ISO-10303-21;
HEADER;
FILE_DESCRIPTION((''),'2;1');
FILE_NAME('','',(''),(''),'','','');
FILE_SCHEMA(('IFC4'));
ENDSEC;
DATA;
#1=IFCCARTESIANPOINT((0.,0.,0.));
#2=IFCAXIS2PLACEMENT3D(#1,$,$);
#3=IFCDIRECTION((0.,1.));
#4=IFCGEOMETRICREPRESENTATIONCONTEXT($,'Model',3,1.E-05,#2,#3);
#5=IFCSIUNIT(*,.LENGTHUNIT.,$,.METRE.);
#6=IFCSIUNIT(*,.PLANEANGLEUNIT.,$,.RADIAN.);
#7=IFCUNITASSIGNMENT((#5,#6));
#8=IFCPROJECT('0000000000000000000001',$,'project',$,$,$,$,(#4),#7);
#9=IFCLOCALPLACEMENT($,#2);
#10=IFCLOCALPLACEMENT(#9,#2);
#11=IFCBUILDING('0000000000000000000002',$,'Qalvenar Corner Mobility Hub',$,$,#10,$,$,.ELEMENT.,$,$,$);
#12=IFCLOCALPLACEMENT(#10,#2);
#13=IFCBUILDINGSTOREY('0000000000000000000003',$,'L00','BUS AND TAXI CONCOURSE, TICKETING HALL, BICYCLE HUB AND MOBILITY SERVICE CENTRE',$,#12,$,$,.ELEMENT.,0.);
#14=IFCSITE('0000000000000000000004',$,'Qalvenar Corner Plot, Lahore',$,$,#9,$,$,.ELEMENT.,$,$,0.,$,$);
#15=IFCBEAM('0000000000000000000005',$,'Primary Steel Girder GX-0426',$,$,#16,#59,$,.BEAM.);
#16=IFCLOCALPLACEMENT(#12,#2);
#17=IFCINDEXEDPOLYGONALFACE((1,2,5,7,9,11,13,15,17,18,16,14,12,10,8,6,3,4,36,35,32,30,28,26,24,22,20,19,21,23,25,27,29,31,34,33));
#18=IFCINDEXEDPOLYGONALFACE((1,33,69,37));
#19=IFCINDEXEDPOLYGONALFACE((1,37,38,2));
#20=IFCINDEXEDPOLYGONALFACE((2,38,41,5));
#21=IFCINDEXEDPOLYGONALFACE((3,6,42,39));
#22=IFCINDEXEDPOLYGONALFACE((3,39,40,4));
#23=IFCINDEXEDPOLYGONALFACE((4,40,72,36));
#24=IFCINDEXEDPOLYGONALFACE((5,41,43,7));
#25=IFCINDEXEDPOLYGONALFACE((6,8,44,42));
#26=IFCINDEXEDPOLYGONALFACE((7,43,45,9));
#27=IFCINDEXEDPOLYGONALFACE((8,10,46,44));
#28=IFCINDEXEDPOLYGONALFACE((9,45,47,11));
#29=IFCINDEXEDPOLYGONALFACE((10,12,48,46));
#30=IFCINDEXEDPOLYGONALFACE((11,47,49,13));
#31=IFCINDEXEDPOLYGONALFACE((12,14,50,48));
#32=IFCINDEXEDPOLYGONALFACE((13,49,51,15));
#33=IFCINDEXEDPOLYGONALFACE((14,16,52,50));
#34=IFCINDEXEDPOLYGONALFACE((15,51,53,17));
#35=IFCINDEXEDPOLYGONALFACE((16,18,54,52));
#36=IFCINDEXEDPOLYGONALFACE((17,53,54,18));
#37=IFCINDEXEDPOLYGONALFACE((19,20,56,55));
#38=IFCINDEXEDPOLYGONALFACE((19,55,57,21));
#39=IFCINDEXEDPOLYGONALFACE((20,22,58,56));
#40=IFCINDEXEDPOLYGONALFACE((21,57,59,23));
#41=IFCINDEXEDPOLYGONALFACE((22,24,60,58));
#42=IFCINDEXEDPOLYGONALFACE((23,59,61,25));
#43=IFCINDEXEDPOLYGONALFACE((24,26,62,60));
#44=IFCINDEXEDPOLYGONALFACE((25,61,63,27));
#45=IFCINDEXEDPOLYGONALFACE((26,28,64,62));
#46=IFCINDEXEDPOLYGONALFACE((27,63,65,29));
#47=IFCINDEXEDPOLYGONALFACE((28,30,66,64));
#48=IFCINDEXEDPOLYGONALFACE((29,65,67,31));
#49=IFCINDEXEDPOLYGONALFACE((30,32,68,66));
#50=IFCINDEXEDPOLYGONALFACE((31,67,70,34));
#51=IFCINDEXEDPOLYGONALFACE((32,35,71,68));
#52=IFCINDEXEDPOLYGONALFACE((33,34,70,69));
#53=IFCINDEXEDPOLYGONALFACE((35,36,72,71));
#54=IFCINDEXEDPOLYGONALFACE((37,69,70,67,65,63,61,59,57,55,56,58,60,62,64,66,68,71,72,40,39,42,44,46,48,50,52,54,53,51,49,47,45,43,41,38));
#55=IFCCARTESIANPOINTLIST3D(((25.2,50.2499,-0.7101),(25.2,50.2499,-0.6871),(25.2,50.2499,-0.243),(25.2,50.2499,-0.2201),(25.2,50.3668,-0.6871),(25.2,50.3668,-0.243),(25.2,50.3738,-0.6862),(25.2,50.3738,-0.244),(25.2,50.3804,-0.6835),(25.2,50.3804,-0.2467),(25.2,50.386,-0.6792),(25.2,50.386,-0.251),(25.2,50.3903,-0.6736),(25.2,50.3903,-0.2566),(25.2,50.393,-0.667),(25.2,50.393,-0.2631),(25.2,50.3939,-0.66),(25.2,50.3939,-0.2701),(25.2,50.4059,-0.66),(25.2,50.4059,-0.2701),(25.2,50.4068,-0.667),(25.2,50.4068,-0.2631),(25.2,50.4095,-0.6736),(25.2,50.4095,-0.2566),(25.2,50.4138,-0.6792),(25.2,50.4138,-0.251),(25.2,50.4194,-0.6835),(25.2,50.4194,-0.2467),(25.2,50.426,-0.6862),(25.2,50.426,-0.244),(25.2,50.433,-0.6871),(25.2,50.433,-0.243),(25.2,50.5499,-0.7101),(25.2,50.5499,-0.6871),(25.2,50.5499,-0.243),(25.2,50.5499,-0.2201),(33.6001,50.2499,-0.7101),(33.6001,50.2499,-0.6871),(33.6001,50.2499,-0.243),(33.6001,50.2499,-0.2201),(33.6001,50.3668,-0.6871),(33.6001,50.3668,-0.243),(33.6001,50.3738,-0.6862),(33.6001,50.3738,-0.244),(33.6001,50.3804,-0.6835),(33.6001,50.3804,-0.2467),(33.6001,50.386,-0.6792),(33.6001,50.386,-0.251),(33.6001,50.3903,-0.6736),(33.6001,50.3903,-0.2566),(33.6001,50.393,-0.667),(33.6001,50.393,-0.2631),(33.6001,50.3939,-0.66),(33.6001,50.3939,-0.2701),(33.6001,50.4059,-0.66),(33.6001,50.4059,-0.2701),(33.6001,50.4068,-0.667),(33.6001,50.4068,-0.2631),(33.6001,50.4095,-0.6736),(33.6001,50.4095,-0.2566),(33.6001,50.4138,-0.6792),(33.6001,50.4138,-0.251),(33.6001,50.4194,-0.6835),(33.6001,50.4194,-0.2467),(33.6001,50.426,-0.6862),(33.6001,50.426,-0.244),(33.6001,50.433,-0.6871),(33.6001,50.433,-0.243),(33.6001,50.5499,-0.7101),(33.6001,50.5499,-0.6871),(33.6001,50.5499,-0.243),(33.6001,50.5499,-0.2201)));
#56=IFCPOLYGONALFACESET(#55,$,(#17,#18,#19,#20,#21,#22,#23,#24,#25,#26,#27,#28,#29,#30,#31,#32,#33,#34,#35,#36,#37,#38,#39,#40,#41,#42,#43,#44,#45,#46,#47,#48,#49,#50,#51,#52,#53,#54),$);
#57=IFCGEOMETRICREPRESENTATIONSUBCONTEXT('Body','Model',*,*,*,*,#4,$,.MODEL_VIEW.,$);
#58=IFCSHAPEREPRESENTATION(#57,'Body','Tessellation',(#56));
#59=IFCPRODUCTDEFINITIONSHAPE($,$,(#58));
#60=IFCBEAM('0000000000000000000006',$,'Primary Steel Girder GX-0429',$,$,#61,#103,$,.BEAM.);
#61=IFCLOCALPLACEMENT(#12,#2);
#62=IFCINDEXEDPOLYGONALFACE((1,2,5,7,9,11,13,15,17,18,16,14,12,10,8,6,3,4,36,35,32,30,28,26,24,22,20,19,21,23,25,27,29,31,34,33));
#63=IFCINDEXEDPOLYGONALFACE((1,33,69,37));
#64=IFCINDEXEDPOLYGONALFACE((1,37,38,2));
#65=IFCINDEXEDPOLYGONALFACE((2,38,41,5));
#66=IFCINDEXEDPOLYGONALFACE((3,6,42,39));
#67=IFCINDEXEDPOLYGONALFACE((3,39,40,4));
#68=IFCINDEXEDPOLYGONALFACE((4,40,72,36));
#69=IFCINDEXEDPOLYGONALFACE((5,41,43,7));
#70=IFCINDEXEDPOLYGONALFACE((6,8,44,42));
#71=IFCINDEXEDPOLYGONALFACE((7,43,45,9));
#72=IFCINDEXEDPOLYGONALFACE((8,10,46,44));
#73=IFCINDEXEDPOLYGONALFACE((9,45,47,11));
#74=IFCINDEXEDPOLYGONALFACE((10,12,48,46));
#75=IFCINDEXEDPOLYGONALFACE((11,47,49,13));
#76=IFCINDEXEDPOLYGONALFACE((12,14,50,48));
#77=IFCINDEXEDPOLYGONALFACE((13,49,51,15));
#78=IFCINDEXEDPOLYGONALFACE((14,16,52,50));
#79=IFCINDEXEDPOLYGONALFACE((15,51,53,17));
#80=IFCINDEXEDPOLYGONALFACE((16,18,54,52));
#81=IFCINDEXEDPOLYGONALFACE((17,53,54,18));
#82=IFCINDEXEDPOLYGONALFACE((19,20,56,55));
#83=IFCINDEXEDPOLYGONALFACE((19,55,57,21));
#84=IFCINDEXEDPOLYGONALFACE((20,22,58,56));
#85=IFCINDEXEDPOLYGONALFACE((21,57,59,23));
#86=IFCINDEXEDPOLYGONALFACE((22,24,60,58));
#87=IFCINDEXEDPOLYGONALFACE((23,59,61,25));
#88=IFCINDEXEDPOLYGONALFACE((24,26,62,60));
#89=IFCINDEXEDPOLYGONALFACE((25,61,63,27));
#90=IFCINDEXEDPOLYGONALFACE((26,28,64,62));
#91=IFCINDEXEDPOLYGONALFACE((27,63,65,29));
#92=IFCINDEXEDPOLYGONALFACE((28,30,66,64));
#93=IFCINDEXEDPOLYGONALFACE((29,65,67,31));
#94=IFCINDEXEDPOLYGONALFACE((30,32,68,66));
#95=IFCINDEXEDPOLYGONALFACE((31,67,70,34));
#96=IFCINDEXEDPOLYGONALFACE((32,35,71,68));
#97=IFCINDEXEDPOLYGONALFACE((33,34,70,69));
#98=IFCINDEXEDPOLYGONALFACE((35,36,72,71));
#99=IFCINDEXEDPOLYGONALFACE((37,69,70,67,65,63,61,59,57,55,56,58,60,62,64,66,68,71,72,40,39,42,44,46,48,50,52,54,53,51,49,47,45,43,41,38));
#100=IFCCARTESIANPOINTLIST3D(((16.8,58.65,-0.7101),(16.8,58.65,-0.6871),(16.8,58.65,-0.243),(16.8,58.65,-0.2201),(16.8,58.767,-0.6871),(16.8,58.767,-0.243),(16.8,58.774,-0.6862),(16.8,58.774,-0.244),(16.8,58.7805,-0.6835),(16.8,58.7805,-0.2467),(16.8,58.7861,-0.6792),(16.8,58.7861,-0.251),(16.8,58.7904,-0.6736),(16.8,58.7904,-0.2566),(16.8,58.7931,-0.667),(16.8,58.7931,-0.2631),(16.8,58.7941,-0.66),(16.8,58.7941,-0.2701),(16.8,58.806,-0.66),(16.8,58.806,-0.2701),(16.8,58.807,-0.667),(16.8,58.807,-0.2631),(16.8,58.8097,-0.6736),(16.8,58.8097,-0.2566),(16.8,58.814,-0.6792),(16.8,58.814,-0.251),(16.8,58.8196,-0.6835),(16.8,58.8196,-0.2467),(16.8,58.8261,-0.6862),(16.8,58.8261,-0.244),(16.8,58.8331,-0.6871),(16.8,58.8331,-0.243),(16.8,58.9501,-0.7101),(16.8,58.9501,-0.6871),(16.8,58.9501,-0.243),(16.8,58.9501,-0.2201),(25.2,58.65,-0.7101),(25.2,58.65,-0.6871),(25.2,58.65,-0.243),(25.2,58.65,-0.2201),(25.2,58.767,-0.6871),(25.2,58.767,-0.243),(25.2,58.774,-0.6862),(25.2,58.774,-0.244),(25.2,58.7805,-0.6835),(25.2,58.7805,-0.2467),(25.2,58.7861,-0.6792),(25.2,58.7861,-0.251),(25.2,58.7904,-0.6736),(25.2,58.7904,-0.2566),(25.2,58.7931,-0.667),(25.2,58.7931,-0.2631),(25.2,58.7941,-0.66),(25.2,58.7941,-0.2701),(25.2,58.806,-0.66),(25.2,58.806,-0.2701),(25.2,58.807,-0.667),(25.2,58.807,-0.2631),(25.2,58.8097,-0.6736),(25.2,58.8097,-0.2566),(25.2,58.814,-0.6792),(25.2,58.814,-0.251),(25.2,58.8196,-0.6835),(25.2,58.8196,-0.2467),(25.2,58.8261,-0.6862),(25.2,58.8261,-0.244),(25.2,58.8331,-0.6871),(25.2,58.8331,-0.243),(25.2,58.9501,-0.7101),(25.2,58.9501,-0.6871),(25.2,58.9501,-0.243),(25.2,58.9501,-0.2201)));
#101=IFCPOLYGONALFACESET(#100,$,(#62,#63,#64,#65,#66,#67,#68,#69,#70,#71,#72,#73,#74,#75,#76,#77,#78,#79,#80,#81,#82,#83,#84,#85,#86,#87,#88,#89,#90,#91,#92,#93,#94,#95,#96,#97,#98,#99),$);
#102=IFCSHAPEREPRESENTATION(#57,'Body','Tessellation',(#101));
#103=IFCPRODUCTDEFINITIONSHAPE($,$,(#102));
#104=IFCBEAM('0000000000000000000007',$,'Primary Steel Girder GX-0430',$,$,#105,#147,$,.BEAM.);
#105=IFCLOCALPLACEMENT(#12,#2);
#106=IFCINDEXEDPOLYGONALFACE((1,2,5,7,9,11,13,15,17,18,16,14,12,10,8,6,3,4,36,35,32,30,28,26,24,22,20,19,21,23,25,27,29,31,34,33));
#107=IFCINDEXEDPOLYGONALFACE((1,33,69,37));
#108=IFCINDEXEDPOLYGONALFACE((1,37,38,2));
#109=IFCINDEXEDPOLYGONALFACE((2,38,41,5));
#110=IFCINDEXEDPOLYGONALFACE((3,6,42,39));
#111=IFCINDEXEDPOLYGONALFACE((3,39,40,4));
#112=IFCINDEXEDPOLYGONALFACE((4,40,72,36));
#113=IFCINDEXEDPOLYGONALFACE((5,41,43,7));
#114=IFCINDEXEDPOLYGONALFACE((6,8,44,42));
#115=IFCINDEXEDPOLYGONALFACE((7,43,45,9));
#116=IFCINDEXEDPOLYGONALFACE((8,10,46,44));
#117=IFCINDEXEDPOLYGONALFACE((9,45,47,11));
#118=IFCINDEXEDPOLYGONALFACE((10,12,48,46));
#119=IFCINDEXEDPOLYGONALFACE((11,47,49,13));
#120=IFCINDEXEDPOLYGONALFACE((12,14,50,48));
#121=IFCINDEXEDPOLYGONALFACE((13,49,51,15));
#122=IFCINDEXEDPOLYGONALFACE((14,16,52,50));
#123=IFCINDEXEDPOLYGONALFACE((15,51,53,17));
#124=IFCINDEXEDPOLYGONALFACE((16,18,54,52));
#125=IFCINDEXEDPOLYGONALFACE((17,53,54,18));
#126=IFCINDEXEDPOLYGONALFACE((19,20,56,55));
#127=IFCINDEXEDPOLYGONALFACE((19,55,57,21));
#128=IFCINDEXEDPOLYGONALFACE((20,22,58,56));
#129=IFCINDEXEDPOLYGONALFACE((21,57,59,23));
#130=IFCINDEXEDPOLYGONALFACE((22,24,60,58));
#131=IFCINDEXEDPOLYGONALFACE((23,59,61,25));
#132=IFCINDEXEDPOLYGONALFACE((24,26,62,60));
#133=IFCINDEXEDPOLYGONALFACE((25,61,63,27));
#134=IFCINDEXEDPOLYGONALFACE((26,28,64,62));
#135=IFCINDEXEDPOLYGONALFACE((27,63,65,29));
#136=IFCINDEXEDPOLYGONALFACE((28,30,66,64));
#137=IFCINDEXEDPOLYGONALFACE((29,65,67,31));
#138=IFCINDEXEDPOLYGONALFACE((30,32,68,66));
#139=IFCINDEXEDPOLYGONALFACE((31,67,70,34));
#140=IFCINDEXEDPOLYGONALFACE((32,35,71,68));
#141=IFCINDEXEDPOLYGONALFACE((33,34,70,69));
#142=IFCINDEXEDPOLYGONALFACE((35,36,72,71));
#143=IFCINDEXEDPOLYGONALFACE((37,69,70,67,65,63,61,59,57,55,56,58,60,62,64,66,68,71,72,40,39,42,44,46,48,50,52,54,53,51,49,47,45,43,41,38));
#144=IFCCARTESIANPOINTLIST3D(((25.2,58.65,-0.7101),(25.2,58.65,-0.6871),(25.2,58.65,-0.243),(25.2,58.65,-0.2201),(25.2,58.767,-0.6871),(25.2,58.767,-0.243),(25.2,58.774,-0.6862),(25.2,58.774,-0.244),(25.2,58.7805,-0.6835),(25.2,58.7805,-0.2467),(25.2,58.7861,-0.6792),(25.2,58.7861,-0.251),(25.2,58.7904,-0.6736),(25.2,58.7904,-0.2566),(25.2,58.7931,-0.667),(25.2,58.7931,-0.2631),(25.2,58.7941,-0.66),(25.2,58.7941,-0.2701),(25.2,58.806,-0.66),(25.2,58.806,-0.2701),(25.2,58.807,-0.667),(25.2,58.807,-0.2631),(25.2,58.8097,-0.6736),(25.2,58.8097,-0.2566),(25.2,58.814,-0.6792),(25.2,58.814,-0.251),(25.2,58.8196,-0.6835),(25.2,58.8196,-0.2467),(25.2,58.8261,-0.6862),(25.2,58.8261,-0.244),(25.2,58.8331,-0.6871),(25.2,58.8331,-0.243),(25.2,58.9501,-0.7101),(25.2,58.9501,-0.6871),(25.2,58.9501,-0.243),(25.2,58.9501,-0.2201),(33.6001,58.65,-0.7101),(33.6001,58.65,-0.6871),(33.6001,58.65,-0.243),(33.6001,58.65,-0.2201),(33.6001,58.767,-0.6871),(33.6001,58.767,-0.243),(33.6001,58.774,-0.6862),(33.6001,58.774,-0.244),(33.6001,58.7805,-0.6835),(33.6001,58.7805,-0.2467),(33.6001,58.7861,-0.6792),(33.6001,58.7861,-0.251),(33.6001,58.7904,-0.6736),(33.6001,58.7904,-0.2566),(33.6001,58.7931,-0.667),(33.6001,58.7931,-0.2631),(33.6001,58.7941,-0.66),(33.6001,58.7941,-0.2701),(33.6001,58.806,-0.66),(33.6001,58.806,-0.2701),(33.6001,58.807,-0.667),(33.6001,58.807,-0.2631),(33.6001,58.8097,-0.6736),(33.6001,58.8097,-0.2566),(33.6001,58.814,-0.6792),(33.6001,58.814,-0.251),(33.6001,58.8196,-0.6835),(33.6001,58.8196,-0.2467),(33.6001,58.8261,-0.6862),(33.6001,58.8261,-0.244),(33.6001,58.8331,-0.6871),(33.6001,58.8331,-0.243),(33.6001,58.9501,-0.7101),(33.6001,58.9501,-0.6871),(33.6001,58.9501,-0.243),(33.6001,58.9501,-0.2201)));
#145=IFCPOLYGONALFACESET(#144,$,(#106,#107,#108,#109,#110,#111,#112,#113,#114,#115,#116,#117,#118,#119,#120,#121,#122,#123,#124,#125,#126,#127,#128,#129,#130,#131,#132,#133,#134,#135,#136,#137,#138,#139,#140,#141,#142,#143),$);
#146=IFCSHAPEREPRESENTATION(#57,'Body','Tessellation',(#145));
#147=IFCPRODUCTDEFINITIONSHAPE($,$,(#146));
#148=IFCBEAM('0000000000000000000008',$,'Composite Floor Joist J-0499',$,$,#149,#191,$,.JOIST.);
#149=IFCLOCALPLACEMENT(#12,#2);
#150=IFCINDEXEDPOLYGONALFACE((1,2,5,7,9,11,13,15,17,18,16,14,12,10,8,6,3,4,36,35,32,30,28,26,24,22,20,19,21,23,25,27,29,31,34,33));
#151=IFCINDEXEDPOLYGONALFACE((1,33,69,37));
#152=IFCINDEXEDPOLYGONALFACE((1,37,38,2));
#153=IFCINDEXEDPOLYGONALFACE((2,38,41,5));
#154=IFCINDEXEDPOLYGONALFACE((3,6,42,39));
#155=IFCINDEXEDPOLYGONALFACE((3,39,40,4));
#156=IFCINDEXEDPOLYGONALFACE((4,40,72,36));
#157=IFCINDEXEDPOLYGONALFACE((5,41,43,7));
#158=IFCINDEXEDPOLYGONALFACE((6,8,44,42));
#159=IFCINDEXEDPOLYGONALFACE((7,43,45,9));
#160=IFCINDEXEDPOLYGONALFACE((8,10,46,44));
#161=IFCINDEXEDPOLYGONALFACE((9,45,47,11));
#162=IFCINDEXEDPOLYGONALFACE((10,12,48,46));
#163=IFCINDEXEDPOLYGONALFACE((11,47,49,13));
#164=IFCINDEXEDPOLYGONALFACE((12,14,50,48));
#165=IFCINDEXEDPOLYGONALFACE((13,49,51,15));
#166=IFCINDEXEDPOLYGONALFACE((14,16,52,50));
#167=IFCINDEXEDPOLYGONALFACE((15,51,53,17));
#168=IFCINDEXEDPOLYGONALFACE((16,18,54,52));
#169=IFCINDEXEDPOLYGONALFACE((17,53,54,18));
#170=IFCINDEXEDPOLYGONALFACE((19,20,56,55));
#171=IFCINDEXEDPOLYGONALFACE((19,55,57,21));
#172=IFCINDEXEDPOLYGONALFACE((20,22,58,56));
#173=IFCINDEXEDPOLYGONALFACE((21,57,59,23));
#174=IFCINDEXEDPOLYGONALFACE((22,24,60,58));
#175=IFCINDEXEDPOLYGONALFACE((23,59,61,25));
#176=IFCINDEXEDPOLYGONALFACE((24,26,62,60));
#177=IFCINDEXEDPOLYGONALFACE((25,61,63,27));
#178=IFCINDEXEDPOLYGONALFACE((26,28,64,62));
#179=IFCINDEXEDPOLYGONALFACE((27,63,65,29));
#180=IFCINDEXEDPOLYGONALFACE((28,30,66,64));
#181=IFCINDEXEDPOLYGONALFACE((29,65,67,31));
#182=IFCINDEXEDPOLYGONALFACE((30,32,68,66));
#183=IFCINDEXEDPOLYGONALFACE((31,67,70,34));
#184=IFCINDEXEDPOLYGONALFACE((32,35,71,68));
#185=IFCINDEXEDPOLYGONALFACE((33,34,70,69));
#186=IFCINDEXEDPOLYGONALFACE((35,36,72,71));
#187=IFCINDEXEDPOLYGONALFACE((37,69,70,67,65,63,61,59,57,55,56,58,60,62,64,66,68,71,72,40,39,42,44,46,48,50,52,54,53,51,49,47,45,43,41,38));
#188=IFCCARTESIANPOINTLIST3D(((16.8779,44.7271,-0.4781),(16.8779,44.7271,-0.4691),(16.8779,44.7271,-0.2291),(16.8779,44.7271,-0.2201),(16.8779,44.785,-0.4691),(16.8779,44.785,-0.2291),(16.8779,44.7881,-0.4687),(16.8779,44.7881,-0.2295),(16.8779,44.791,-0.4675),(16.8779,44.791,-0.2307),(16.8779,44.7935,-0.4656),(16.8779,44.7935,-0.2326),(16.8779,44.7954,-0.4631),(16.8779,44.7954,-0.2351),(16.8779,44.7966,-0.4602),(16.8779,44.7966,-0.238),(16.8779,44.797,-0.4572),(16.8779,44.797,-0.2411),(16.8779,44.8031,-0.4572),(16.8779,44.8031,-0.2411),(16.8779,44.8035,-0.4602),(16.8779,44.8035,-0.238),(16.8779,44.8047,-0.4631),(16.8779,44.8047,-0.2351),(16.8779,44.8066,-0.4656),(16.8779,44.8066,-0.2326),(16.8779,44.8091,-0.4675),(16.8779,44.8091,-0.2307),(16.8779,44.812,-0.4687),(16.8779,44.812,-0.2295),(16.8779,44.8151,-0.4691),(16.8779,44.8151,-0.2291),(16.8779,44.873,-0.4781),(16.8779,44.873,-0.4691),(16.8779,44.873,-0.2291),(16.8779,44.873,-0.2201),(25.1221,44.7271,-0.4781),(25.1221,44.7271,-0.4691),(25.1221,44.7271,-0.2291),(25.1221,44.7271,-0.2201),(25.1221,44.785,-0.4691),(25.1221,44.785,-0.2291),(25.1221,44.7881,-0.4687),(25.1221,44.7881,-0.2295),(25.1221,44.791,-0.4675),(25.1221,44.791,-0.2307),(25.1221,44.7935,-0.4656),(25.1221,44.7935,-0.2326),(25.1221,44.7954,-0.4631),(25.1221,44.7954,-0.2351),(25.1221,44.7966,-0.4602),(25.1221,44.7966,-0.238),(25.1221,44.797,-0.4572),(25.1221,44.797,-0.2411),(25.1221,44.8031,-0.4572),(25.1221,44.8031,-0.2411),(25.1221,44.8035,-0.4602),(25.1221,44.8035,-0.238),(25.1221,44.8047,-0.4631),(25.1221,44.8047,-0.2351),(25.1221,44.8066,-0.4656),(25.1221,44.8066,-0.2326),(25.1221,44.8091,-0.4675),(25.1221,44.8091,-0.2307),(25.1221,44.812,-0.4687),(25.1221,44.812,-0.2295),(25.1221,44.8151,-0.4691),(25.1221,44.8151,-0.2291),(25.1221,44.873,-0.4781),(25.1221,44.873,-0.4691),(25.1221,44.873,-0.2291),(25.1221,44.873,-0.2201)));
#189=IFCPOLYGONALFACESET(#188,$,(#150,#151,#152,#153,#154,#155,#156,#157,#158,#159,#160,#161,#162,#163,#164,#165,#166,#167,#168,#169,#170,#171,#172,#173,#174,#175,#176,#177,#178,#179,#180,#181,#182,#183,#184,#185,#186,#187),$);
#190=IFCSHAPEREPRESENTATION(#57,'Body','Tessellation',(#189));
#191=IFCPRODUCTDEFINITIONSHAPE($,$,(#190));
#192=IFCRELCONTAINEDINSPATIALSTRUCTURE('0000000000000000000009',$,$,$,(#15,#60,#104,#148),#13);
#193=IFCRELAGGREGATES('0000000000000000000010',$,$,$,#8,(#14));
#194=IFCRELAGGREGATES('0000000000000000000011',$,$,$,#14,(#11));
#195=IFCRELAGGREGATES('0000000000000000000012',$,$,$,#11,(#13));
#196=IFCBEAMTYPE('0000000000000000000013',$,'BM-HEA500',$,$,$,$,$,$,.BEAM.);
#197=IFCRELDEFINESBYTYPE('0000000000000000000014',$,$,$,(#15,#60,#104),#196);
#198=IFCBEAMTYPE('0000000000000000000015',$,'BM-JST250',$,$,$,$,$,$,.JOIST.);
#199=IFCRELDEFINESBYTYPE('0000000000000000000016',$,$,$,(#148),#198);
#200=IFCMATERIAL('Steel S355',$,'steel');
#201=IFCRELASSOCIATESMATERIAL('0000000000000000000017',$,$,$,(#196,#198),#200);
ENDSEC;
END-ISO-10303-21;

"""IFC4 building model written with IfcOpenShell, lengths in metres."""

from ifc_helpers import new_model, si_unit, direction, frame, origin, origin_2d, place, context, subcontext, project, spatial, i_section, extrude, material, material_profile, profile_set, type_object, element, save


model = new_model("IFC4")

# Units and contexts
model_context = context("Model", 3, precision=1e-05, world=origin(), true_north=direction((0.0, 1.0)))
body_context = subcontext(model_context, "Body", "Model", "MODEL_VIEW")
ifc_project = project(units=[si_unit("LENGTHUNIT", "METRE"), si_unit("PLANEANGLEUNIT", "RADIAN")], contexts=[model_context])

# Site, building, storey
site_placement = place(None, origin())
site = spatial("IfcSite", under=ifc_project, at=site_placement, Name="Qalvenar Corner Plot, Lahore", CompositionType="ELEMENT", RefElevation=0.0)
building_placement = place(site_placement, origin())
building = spatial("IfcBuilding", under=site, at=building_placement, Name="Qalvenar Corner Mobility Hub", CompositionType="ELEMENT")
storey_placement = place(building_placement, origin())
storey = spatial("IfcBuildingStorey", under=building, at=storey_placement, Name="L00", Description="BUS AND TAXI CONCOURSE, TICKETING HALL, BICYCLE HUB AND MOBILITY SERVICE CENTRE", CompositionType="ELEMENT", Elevation=0.0)

# Shared definitions
ifc_material_1 = material(Name="Steel S355", Category="steel")

# Beams
ifc_material_profile_1 = material_profile(ifc_material_1, i_section(OverallWidth=0.3, OverallDepth=0.49, WebThickness=0.012, FlangeThickness=0.0229, FilletRadius=0.0271, at=origin_2d()), Name="HEA500")
ifc_profile_set_1 = profile_set([ifc_material_profile_1], Name="Steel S355")
beam_type_1 = type_object("IfcBeamType", Name="BM-HEA500", PredefinedType="BEAM", material=ifc_profile_set_1)
beam_1_placement = place(storey_placement, frame((25.2, 50.3999, -0.4651), z_axis=(1.0, 0.0, 0.0), x_axis=(0.0, 1.0, 0.0)))
element("IfcBeam", 1, at=beam_1_placement, inside=storey, type_object=beam_type_1, Name="Primary Steel Girder GX-0426", PredefinedType="BEAM", context=body_context, shape_type="SweptSolid", body=[
    extrude(i_section(OverallWidth=0.3, OverallDepth=0.49, WebThickness=0.012, FlangeThickness=0.0229, FilletRadius=0.0271, at=origin_2d()), origin(), (0.0, 0.0, 1.0), 8.4001),
])
beam_2_placement = place(storey_placement, frame((16.8, 58.8, -0.4651), z_axis=(1.0, 0.0, 0.0), x_axis=(0.0, 1.0, 0.0)))
element("IfcBeam", 2, at=beam_2_placement, inside=storey, type_object=beam_type_1, Name="Primary Steel Girder GX-0429", PredefinedType="BEAM", context=body_context, shape_type="SweptSolid", body=[
    extrude(i_section(OverallWidth=0.3, OverallDepth=0.49, WebThickness=0.012, FlangeThickness=0.0229, FilletRadius=0.0271, at=origin_2d()), origin(), (0.0, 0.0, 1.0), 8.3999),
])
beam_3_placement = place(storey_placement, frame((25.2, 58.8, -0.4651), z_axis=(1.0, 0.0, 0.0), x_axis=(0.0, 1.0, 0.0)))
element("IfcBeam", 3, at=beam_3_placement, inside=storey, type_object=beam_type_1, Name="Primary Steel Girder GX-0430", PredefinedType="BEAM", context=body_context, shape_type="SweptSolid", body=[
    extrude(i_section(OverallWidth=0.3, OverallDepth=0.49, WebThickness=0.012, FlangeThickness=0.0229, FilletRadius=0.0271, at=origin_2d()), origin(), (0.0, 0.0, 1.0), 8.4001),
])
ifc_material_profile_2 = material_profile(ifc_material_1, i_section(OverallWidth=0.146, OverallDepth=0.2581, WebThickness=0.0061, FlangeThickness=0.009, FilletRadius=0.012, at=origin_2d()), Name="W250x32.7")
ifc_profile_set_2 = profile_set([ifc_material_profile_2], Name="Steel S355")
beam_type_2 = type_object("IfcBeamType", Name="BM-JST250", PredefinedType="JOIST", material=ifc_profile_set_2)
for number, where, z_axis, x_axis, name in (
    (4, (16.8779, 44.8, -0.3491), (1.0, 0.0, 0.0), (0.0, 1.0, 0.0), "Composite Floor Joist J-0499"),
):
    element("IfcBeam", number, at=place(storey_placement, frame(where, z_axis=z_axis, x_axis=x_axis)), inside=storey, type_object=beam_type_2, Name=name, PredefinedType="JOIST", context=body_context, shape_type="SweptSolid", body=[
        extrude(i_section(OverallWidth=0.146, OverallDepth=0.2581, WebThickness=0.0061, FlangeThickness=0.009, FilletRadius=0.012, at=origin_2d()), origin(), (0.0, 0.0, 1.0), 8.2441),
    ])

save(model, "model.ifc")
